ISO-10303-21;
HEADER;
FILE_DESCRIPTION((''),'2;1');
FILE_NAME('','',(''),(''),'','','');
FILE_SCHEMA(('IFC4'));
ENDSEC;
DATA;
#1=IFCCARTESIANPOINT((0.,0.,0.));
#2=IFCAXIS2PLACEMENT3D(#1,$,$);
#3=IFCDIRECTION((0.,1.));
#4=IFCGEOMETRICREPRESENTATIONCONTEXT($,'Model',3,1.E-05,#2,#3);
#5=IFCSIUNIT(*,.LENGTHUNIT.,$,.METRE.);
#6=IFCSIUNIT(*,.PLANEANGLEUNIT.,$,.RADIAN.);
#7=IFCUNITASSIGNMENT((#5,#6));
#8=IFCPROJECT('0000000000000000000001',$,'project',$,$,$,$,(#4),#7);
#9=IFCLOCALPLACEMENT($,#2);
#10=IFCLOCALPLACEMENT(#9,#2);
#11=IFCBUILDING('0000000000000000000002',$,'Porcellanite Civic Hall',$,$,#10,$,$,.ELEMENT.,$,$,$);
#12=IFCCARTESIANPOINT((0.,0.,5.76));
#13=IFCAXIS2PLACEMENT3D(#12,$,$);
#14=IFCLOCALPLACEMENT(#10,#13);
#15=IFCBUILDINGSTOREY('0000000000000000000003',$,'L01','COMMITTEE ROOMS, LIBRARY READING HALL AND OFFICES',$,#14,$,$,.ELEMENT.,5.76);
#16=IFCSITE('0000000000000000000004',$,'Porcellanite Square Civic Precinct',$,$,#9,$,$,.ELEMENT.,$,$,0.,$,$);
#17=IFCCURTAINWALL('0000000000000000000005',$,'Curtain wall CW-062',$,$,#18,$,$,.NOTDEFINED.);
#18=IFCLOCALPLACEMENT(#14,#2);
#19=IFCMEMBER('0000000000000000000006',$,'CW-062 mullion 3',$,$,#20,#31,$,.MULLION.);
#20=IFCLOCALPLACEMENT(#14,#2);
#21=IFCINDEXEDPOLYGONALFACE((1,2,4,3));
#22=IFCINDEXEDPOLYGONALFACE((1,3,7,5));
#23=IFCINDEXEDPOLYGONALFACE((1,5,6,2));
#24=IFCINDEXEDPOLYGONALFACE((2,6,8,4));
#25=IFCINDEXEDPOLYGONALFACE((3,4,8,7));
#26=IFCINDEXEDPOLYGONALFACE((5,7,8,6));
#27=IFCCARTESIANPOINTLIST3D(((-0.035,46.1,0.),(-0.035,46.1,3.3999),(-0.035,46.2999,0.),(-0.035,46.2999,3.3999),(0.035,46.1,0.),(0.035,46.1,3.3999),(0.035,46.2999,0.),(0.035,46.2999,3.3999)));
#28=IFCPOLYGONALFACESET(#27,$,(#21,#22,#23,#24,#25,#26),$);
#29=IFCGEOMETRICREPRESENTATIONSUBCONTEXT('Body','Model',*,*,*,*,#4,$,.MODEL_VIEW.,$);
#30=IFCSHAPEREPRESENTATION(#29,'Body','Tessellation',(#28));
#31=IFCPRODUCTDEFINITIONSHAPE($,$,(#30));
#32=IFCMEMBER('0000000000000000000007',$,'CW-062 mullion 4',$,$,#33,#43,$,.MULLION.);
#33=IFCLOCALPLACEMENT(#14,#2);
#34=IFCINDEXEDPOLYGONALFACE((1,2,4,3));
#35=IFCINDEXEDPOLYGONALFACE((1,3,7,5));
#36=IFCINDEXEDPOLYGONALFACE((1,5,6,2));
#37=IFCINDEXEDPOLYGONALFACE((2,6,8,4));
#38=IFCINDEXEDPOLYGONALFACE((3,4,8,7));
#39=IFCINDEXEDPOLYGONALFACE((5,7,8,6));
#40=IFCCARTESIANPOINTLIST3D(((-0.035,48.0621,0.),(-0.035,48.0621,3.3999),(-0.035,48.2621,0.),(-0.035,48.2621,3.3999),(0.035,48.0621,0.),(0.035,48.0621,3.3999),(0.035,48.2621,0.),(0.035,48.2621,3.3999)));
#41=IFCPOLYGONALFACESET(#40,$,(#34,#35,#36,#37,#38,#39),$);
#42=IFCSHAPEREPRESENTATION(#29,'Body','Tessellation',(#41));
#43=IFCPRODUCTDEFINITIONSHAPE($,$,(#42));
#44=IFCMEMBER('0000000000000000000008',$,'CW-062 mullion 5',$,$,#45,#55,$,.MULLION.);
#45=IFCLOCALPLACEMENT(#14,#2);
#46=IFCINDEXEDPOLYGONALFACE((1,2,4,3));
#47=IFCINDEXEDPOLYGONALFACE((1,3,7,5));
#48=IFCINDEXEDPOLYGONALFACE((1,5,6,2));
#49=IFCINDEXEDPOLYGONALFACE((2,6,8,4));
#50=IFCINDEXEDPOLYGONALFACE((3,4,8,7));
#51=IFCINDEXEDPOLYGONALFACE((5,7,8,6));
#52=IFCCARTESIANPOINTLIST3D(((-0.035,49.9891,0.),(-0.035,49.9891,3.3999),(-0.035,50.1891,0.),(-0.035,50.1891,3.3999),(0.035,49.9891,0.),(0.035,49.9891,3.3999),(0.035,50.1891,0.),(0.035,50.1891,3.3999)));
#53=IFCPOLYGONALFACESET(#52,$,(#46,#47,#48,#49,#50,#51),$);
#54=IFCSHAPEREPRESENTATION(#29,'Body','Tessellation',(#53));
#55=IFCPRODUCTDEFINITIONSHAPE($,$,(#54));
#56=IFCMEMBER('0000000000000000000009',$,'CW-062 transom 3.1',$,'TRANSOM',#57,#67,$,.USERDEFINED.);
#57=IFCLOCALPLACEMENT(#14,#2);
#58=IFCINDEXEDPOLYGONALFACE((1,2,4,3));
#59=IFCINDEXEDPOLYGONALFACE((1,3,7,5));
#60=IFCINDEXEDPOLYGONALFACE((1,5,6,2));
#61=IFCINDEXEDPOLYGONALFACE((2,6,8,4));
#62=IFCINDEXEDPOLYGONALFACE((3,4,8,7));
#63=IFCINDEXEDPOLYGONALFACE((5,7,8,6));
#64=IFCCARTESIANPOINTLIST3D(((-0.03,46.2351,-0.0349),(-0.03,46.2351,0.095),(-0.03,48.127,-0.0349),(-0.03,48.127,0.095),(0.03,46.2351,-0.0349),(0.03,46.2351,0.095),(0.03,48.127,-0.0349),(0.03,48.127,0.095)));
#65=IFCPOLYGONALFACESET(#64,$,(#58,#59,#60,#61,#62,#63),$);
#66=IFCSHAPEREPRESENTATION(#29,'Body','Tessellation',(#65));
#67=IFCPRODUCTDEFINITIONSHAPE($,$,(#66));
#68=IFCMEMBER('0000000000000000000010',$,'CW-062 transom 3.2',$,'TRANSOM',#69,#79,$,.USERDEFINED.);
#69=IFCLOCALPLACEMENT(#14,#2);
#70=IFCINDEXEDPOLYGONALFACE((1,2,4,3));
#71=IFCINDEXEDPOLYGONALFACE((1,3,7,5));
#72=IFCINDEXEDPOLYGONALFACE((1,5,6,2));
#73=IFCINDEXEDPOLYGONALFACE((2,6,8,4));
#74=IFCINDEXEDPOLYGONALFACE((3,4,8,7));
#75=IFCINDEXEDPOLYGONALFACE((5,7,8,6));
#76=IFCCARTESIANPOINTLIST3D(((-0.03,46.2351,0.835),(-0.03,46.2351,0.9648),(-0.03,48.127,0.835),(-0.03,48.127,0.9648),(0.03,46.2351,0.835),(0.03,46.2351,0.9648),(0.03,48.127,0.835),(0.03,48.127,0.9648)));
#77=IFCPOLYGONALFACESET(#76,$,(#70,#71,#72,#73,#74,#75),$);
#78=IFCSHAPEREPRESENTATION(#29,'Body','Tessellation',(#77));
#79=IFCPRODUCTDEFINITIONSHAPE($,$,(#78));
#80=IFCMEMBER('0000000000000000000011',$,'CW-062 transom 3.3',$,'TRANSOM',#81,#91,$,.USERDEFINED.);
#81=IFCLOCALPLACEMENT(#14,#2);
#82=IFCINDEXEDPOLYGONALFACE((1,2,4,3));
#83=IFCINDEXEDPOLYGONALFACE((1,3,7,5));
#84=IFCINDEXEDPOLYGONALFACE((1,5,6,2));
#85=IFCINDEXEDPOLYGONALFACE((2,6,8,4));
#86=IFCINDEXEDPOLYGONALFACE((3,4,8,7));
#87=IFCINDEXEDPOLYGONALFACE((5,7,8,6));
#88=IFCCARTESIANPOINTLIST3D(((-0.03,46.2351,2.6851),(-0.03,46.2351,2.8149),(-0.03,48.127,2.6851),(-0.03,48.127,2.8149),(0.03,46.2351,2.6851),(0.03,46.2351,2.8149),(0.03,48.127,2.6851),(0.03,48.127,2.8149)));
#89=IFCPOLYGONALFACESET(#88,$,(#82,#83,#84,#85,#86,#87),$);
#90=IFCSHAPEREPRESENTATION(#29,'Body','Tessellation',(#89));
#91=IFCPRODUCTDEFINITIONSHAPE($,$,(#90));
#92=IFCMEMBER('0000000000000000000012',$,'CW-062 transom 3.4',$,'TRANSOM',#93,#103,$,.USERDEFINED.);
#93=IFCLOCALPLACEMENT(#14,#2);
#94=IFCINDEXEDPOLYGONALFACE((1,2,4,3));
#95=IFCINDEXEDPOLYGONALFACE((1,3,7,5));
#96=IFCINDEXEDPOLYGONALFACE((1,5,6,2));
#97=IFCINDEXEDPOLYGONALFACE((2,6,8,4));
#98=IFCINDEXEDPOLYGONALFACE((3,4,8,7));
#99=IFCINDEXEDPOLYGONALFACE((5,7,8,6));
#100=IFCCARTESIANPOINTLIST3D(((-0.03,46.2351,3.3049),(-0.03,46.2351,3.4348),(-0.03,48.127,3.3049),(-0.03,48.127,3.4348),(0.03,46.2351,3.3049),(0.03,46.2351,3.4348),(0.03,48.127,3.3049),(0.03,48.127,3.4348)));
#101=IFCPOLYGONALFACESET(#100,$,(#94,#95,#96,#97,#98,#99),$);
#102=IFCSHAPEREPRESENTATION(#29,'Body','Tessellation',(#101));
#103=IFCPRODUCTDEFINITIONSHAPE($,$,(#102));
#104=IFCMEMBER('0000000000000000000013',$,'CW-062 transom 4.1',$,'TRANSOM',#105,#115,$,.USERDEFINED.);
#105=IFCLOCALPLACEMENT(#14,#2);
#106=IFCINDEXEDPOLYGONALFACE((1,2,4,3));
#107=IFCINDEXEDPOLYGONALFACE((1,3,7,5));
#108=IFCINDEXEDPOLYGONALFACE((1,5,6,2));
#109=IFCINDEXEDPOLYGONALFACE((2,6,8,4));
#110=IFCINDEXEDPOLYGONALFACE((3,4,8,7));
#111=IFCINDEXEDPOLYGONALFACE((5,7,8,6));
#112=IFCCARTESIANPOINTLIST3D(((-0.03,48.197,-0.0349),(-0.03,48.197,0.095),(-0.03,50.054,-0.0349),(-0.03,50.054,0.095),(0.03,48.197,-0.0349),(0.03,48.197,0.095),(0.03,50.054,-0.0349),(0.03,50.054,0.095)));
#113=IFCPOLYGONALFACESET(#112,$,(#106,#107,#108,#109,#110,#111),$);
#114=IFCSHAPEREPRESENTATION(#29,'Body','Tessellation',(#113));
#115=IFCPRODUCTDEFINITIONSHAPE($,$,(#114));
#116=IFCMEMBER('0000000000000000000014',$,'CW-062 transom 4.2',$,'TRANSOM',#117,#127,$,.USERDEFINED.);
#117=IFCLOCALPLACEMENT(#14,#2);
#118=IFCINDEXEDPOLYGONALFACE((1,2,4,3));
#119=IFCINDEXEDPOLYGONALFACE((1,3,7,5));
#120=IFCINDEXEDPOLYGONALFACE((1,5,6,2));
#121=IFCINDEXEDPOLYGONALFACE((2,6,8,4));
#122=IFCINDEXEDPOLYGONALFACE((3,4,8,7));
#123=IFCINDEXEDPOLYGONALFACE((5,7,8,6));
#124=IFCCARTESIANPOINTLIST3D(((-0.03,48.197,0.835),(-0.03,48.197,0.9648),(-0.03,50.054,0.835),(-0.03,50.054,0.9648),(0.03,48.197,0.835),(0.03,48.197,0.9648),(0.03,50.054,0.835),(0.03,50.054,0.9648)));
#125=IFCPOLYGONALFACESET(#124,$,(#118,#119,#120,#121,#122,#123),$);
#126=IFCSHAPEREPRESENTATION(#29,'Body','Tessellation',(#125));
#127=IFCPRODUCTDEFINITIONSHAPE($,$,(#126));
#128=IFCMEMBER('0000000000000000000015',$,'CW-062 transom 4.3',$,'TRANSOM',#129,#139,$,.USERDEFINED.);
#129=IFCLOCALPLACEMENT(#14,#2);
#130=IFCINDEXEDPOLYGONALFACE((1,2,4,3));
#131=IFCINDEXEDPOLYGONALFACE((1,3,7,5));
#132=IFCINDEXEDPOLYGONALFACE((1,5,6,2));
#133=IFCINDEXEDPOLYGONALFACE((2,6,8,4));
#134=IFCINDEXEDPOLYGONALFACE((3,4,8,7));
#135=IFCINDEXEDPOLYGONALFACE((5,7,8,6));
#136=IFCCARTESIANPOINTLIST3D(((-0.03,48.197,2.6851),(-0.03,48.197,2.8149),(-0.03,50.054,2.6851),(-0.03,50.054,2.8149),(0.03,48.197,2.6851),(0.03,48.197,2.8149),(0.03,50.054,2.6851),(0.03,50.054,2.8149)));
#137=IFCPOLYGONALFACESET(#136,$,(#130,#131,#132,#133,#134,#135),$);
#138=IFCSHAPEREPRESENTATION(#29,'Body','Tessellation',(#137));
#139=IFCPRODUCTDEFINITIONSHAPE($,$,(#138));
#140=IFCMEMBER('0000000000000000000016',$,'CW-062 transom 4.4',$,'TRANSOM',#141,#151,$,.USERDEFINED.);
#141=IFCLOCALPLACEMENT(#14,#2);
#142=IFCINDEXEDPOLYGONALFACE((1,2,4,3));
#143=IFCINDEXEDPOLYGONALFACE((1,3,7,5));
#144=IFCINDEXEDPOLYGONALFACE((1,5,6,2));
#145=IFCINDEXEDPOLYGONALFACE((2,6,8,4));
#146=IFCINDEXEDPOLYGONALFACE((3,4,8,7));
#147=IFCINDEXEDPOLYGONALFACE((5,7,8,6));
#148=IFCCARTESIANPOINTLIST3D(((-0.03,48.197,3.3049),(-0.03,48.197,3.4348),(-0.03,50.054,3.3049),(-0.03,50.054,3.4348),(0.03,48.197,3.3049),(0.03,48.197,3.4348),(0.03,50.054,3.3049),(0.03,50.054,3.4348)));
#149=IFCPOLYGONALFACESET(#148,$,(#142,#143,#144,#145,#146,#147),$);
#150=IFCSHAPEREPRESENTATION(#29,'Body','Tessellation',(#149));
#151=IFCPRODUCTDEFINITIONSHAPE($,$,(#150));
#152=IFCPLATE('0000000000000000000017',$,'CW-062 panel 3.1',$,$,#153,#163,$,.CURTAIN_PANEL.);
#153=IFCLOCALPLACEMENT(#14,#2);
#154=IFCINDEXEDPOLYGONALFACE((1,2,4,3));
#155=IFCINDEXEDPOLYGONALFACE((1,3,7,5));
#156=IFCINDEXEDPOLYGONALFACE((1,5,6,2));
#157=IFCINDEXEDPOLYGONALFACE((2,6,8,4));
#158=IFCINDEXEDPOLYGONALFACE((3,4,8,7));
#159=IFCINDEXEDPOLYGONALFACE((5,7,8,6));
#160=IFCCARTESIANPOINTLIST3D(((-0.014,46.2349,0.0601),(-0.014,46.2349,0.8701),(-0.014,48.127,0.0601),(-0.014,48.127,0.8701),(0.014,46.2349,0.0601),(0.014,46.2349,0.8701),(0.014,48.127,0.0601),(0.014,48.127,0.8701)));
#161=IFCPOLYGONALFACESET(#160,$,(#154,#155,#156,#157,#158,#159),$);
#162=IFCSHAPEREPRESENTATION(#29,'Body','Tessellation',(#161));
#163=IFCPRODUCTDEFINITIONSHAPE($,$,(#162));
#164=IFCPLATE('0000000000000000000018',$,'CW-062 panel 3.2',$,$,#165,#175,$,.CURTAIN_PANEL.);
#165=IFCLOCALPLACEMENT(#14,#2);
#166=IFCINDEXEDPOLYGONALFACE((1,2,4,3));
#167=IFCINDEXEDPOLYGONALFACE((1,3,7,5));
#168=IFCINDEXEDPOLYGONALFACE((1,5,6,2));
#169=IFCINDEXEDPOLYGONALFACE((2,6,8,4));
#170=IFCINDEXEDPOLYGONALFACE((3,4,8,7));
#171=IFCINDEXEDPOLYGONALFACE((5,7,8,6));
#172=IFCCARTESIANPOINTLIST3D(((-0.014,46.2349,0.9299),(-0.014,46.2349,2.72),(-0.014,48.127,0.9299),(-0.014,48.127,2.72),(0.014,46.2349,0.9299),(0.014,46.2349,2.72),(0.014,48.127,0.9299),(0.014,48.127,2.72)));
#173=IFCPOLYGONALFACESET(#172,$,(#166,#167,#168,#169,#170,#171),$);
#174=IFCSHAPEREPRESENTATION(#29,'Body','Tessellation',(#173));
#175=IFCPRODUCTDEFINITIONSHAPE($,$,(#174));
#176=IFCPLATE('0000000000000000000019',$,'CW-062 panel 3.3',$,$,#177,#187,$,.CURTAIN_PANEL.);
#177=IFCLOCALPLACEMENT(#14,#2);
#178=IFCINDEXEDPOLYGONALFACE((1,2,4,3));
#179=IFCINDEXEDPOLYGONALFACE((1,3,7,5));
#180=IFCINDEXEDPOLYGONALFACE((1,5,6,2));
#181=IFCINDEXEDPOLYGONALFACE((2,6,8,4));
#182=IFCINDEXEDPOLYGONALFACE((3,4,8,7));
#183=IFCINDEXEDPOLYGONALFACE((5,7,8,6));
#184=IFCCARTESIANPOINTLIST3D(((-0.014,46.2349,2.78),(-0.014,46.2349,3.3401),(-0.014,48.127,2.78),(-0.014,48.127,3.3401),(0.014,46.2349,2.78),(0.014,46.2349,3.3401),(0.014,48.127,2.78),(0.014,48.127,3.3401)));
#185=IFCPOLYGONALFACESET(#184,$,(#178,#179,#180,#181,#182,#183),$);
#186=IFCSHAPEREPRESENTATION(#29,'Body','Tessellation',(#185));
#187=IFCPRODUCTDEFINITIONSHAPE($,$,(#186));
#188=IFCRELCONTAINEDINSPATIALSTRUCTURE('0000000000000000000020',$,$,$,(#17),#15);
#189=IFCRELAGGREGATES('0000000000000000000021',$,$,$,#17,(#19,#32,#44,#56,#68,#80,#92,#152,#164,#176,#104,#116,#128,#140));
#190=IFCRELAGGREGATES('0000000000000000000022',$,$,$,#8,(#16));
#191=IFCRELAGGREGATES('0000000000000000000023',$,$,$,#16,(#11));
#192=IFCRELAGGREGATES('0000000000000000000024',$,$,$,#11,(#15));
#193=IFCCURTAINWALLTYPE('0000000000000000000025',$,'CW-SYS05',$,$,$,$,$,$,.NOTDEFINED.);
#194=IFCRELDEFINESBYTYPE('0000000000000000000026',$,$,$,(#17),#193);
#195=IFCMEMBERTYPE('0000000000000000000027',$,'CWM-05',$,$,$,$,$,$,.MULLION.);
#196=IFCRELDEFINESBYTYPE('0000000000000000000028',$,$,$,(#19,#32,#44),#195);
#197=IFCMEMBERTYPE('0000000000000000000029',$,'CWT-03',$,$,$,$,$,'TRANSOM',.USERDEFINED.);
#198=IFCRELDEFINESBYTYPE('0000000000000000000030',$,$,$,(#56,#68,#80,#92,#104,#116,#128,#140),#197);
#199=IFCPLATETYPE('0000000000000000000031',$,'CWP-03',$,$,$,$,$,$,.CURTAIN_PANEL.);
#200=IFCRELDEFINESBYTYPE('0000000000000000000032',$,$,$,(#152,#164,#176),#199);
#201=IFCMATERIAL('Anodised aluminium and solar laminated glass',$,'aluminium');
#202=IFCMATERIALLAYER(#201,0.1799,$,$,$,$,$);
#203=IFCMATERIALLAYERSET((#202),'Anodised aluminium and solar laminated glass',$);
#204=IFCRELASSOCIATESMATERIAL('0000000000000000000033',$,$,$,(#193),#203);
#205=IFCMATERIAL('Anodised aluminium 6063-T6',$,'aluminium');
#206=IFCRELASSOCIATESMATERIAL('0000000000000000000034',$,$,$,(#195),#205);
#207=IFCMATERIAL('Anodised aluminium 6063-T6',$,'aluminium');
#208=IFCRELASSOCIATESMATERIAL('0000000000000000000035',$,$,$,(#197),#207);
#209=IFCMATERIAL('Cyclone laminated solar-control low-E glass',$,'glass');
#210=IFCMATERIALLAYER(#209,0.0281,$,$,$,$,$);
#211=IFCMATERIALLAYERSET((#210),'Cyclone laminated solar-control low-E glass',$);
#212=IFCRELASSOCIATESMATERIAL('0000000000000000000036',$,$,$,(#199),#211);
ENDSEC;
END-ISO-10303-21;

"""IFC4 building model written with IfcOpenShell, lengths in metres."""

from ifc_helpers import new_model, si_unit, direction, frame, origin, origin_2d, place, context, subcontext, project, spatial, rectangle, extrude, material, layer, layer_set, material_profile, profile_set, type_object, element, aggregate, save


model = new_model("IFC4")

# Units and contexts
model_context = context("Model", 3, precision=1e-05, world=origin(), true_north=direction((0.0, 1.0)))
body_context = subcontext(model_context, "Body", "Model", "MODEL_VIEW")
ifc_project = project(units=[si_unit("LENGTHUNIT", "METRE"), si_unit("PLANEANGLEUNIT", "RADIAN")], contexts=[model_context])

# Site, building, storey
site_placement = place(None, origin())
site = spatial("IfcSite", under=ifc_project, at=site_placement, Name="Porcellanite Square Civic Precinct", CompositionType="ELEMENT", RefElevation=0.0)
building_placement = place(site_placement, origin())
building = spatial("IfcBuilding", under=site, at=building_placement, Name="Porcellanite Civic Hall", CompositionType="ELEMENT")
storey_placement = place(building_placement, frame((0.0, 0.0, 5.76)))
storey = spatial("IfcBuildingStorey", under=building, at=storey_placement, Name="L01", Description="COMMITTEE ROOMS, LIBRARY READING HALL AND OFFICES", CompositionType="ELEMENT", Elevation=5.76)

# Curtain wall, members, plates
ifc_material_1 = material(Name="Anodised aluminium and solar laminated glass", Category="aluminium")
ifc_layer_1 = layer(ifc_material_1, 0.1799)
ifc_layer_set_1 = layer_set([ifc_layer_1], Name="Anodised aluminium and solar laminated glass")
curtain_wall_type = type_object("IfcCurtainWallType", Name="CW-SYS05", PredefinedType="NOTDEFINED", material=ifc_layer_set_1)
curtain_wall_placement = place(storey_placement, origin())
curtain_wall = element("IfcCurtainWall", 1, at=curtain_wall_placement, inside=storey, type_object=curtain_wall_type, Name="Curtain wall CW-062", PredefinedType="NOTDEFINED")
ifc_material_2 = material(Name="Anodised aluminium 6063-T6", Category="aluminium")
ifc_material_profile_1 = material_profile(ifc_material_2, rectangle(XDim=0.0701, YDim=0.2, at=origin_2d()), Name="AL-70x200")
ifc_profile_set_1 = profile_set([ifc_material_profile_1], Name="Anodised aluminium 6063-T6")
member_type_1 = type_object("IfcMemberType", Name="CWM-05", PredefinedType="MULLION", material=ifc_profile_set_1)
member_1_placement = place(storey_placement, frame((0.0, 46.2, 0.0), z_axis=(0.0, 0.0, 1.0), x_axis=(-1.0, 0.0, 0.0)))
member_1 = element("IfcMember", 2, at=member_1_placement, type_object=member_type_1, Name="CW-062 mullion 3", PredefinedType="MULLION", context=body_context, shape_type="SweptSolid", body=[
    extrude(rectangle(XDim=0.0701, YDim=0.2, at=origin_2d()), origin(), (0.0, 0.0, 1.0), 3.3999),
])
member_2_placement = place(storey_placement, frame((0.0, 48.1621, 0.0), z_axis=(0.0, 0.0, 1.0), x_axis=(-1.0, 0.0, 0.0)))
member_2 = element("IfcMember", 3, at=member_2_placement, type_object=member_type_1, Name="CW-062 mullion 4", PredefinedType="MULLION", context=body_context, shape_type="SweptSolid", body=[
    extrude(rectangle(XDim=0.0701, YDim=0.2, at=origin_2d()), origin(), (0.0, 0.0, 1.0), 3.3999),
])
member_3_placement = place(storey_placement, frame((0.0, 50.0891, 0.0), z_axis=(0.0, 0.0, 1.0), x_axis=(-1.0, 0.0, 0.0)))
member_3 = element("IfcMember", 4, at=member_3_placement, type_object=member_type_1, Name="CW-062 mullion 5", PredefinedType="MULLION", context=body_context, shape_type="SweptSolid", body=[
    extrude(rectangle(XDim=0.0701, YDim=0.2, at=origin_2d()), origin(), (0.0, 0.0, 1.0), 3.3999),
])
ifc_material_3 = material(Name="Anodised aluminium 6063-T6", Category="aluminium")
ifc_material_profile_2 = material_profile(ifc_material_3, rectangle(XDim=0.0601, YDim=0.1299, at=origin_2d()), Name="AL-60x130")
ifc_profile_set_2 = profile_set([ifc_material_profile_2], Name="Anodised aluminium 6063-T6")
member_type_2 = type_object("IfcMemberType", Name="CWT-03", ElementType="TRANSOM", PredefinedType="USERDEFINED", material=ifc_profile_set_2)
member_4_placement = place(storey_placement, frame((0.0, 46.2351, 0.03), z_axis=(0.0, 1.0, 0.0), x_axis=(-1.0, 0.0, 0.0)))
member_4 = element("IfcMember", 5, at=member_4_placement, type_object=member_type_2, Name="CW-062 transom 3.1", ObjectType="TRANSOM", PredefinedType="USERDEFINED", context=body_context, shape_type="SweptSolid", body=[
    extrude(rectangle(XDim=0.0601, YDim=0.1299, at=origin_2d()), origin(), (0.0, 0.0, 1.0), 1.8918),
])
member_5_placement = place(storey_placement, frame((0.0, 46.2351, 0.8999), z_axis=(0.0, 1.0, 0.0), x_axis=(-1.0, 0.0, 0.0)))
member_5 = element("IfcMember", 6, at=member_5_placement, type_object=member_type_2, Name="CW-062 transom 3.2", ObjectType="TRANSOM", PredefinedType="USERDEFINED", context=body_context, shape_type="SweptSolid", body=[
    extrude(rectangle(XDim=0.0601, YDim=0.1299, at=origin_2d()), origin(), (0.0, 0.0, 1.0), 1.8918),
])
member_6_placement = place(storey_placement, frame((0.0, 46.2351, 2.75), z_axis=(0.0, 1.0, 0.0), x_axis=(-1.0, 0.0, 0.0)))
member_6 = element("IfcMember", 7, at=member_6_placement, type_object=member_type_2, Name="CW-062 transom 3.3", ObjectType="TRANSOM", PredefinedType="USERDEFINED", context=body_context, shape_type="SweptSolid", body=[
    extrude(rectangle(XDim=0.0601, YDim=0.1299, at=origin_2d()), origin(), (0.0, 0.0, 1.0), 1.8918),
])
member_7_placement = place(storey_placement, frame((0.0, 46.2351, 3.3699), z_axis=(0.0, 1.0, 0.0), x_axis=(-1.0, 0.0, 0.0)))
member_7 = element("IfcMember", 8, at=member_7_placement, type_object=member_type_2, Name="CW-062 transom 3.4", ObjectType="TRANSOM", PredefinedType="USERDEFINED", context=body_context, shape_type="SweptSolid", body=[
    extrude(rectangle(XDim=0.0601, YDim=0.1299, at=origin_2d()), origin(), (0.0, 0.0, 1.0), 1.8918),
])
member_8_placement = place(storey_placement, frame((0.0, 48.197, 0.03), z_axis=(0.0, 1.0, 0.0), x_axis=(-1.0, 0.0, 0.0)))
member_8 = element("IfcMember", 9, at=member_8_placement, type_object=member_type_2, Name="CW-062 transom 4.1", ObjectType="TRANSOM", PredefinedType="USERDEFINED", context=body_context, shape_type="SweptSolid", body=[
    extrude(rectangle(XDim=0.0601, YDim=0.1299, at=origin_2d()), origin(), (0.0, 0.0, 1.0), 1.8569),
])
member_9_placement = place(storey_placement, frame((0.0, 48.197, 0.8999), z_axis=(0.0, 1.0, 0.0), x_axis=(-1.0, 0.0, 0.0)))
member_9 = element("IfcMember", 10, at=member_9_placement, type_object=member_type_2, Name="CW-062 transom 4.2", ObjectType="TRANSOM", PredefinedType="USERDEFINED", context=body_context, shape_type="SweptSolid", body=[
    extrude(rectangle(XDim=0.0601, YDim=0.1299, at=origin_2d()), origin(), (0.0, 0.0, 1.0), 1.8569),
])
member_10_placement = place(storey_placement, frame((0.0, 48.197, 2.75), z_axis=(0.0, 1.0, 0.0), x_axis=(-1.0, 0.0, 0.0)))
member_10 = element("IfcMember", 11, at=member_10_placement, type_object=member_type_2, Name="CW-062 transom 4.3", ObjectType="TRANSOM", PredefinedType="USERDEFINED", context=body_context, shape_type="SweptSolid", body=[
    extrude(rectangle(XDim=0.0601, YDim=0.1299, at=origin_2d()), origin(), (0.0, 0.0, 1.0), 1.8569),
])
member_11_placement = place(storey_placement, frame((0.0, 48.197, 3.3699), z_axis=(0.0, 1.0, 0.0), x_axis=(-1.0, 0.0, 0.0)))
member_11 = element("IfcMember", 12, at=member_11_placement, type_object=member_type_2, Name="CW-062 transom 4.4", ObjectType="TRANSOM", PredefinedType="USERDEFINED", context=body_context, shape_type="SweptSolid", body=[
    extrude(rectangle(XDim=0.0601, YDim=0.1299, at=origin_2d()), origin(), (0.0, 0.0, 1.0), 1.8569),
])
ifc_material_4 = material(Name="Cyclone laminated solar-control low-E glass", Category="glass")
ifc_layer_2 = layer(ifc_material_4, 0.0281)
ifc_layer_set_2 = layer_set([ifc_layer_2], Name="Cyclone laminated solar-control low-E glass")
plate_type = type_object("IfcPlateType", Name="CWP-03", PredefinedType="CURTAIN_PANEL", material=ifc_layer_set_2)
plate_1_placement = place(storey_placement, frame((0.0, 47.1809, 0.0601), z_axis=(0.0, 0.0, 1.0), x_axis=(0.0, 1.0, 0.0)))
plate_1 = element("IfcPlate", 13, at=plate_1_placement, type_object=plate_type, Name="CW-062 panel 3.1", PredefinedType="CURTAIN_PANEL", context=body_context, shape_type="SweptSolid", body=[
    extrude(rectangle(XDim=1.8921, YDim=0.0281, at=origin_2d()), origin(), (0.0, 0.0, 1.0), 0.8101),
])
plate_2_placement = place(storey_placement, frame((0.0, 47.1809, 0.9299), z_axis=(0.0, 0.0, 1.0), x_axis=(0.0, 1.0, 0.0)))
plate_2 = element("IfcPlate", 14, at=plate_2_placement, type_object=plate_type, Name="CW-062 panel 3.2", PredefinedType="CURTAIN_PANEL", context=body_context, shape_type="SweptSolid", body=[
    extrude(rectangle(XDim=1.8921, YDim=0.0281, at=origin_2d()), origin(), (0.0, 0.0, 1.0), 1.79),
])
plate_3_placement = place(storey_placement, frame((0.0, 47.1809, 2.78), z_axis=(0.0, 0.0, 1.0), x_axis=(0.0, 1.0, 0.0)))
plate_3 = element("IfcPlate", 15, at=plate_3_placement, type_object=plate_type, Name="CW-062 panel 3.3", PredefinedType="CURTAIN_PANEL", context=body_context, shape_type="SweptSolid", body=[
    extrude(rectangle(XDim=1.8921, YDim=0.0281, at=origin_2d()), origin(), (0.0, 0.0, 1.0), 0.5601),
])
aggregate(curtain_wall, [member_1, member_2, member_3, member_4, member_5, member_6, member_7, plate_1, plate_2, plate_3, member_8, member_9, member_10, member_11])

save(model, "model.ifc")
